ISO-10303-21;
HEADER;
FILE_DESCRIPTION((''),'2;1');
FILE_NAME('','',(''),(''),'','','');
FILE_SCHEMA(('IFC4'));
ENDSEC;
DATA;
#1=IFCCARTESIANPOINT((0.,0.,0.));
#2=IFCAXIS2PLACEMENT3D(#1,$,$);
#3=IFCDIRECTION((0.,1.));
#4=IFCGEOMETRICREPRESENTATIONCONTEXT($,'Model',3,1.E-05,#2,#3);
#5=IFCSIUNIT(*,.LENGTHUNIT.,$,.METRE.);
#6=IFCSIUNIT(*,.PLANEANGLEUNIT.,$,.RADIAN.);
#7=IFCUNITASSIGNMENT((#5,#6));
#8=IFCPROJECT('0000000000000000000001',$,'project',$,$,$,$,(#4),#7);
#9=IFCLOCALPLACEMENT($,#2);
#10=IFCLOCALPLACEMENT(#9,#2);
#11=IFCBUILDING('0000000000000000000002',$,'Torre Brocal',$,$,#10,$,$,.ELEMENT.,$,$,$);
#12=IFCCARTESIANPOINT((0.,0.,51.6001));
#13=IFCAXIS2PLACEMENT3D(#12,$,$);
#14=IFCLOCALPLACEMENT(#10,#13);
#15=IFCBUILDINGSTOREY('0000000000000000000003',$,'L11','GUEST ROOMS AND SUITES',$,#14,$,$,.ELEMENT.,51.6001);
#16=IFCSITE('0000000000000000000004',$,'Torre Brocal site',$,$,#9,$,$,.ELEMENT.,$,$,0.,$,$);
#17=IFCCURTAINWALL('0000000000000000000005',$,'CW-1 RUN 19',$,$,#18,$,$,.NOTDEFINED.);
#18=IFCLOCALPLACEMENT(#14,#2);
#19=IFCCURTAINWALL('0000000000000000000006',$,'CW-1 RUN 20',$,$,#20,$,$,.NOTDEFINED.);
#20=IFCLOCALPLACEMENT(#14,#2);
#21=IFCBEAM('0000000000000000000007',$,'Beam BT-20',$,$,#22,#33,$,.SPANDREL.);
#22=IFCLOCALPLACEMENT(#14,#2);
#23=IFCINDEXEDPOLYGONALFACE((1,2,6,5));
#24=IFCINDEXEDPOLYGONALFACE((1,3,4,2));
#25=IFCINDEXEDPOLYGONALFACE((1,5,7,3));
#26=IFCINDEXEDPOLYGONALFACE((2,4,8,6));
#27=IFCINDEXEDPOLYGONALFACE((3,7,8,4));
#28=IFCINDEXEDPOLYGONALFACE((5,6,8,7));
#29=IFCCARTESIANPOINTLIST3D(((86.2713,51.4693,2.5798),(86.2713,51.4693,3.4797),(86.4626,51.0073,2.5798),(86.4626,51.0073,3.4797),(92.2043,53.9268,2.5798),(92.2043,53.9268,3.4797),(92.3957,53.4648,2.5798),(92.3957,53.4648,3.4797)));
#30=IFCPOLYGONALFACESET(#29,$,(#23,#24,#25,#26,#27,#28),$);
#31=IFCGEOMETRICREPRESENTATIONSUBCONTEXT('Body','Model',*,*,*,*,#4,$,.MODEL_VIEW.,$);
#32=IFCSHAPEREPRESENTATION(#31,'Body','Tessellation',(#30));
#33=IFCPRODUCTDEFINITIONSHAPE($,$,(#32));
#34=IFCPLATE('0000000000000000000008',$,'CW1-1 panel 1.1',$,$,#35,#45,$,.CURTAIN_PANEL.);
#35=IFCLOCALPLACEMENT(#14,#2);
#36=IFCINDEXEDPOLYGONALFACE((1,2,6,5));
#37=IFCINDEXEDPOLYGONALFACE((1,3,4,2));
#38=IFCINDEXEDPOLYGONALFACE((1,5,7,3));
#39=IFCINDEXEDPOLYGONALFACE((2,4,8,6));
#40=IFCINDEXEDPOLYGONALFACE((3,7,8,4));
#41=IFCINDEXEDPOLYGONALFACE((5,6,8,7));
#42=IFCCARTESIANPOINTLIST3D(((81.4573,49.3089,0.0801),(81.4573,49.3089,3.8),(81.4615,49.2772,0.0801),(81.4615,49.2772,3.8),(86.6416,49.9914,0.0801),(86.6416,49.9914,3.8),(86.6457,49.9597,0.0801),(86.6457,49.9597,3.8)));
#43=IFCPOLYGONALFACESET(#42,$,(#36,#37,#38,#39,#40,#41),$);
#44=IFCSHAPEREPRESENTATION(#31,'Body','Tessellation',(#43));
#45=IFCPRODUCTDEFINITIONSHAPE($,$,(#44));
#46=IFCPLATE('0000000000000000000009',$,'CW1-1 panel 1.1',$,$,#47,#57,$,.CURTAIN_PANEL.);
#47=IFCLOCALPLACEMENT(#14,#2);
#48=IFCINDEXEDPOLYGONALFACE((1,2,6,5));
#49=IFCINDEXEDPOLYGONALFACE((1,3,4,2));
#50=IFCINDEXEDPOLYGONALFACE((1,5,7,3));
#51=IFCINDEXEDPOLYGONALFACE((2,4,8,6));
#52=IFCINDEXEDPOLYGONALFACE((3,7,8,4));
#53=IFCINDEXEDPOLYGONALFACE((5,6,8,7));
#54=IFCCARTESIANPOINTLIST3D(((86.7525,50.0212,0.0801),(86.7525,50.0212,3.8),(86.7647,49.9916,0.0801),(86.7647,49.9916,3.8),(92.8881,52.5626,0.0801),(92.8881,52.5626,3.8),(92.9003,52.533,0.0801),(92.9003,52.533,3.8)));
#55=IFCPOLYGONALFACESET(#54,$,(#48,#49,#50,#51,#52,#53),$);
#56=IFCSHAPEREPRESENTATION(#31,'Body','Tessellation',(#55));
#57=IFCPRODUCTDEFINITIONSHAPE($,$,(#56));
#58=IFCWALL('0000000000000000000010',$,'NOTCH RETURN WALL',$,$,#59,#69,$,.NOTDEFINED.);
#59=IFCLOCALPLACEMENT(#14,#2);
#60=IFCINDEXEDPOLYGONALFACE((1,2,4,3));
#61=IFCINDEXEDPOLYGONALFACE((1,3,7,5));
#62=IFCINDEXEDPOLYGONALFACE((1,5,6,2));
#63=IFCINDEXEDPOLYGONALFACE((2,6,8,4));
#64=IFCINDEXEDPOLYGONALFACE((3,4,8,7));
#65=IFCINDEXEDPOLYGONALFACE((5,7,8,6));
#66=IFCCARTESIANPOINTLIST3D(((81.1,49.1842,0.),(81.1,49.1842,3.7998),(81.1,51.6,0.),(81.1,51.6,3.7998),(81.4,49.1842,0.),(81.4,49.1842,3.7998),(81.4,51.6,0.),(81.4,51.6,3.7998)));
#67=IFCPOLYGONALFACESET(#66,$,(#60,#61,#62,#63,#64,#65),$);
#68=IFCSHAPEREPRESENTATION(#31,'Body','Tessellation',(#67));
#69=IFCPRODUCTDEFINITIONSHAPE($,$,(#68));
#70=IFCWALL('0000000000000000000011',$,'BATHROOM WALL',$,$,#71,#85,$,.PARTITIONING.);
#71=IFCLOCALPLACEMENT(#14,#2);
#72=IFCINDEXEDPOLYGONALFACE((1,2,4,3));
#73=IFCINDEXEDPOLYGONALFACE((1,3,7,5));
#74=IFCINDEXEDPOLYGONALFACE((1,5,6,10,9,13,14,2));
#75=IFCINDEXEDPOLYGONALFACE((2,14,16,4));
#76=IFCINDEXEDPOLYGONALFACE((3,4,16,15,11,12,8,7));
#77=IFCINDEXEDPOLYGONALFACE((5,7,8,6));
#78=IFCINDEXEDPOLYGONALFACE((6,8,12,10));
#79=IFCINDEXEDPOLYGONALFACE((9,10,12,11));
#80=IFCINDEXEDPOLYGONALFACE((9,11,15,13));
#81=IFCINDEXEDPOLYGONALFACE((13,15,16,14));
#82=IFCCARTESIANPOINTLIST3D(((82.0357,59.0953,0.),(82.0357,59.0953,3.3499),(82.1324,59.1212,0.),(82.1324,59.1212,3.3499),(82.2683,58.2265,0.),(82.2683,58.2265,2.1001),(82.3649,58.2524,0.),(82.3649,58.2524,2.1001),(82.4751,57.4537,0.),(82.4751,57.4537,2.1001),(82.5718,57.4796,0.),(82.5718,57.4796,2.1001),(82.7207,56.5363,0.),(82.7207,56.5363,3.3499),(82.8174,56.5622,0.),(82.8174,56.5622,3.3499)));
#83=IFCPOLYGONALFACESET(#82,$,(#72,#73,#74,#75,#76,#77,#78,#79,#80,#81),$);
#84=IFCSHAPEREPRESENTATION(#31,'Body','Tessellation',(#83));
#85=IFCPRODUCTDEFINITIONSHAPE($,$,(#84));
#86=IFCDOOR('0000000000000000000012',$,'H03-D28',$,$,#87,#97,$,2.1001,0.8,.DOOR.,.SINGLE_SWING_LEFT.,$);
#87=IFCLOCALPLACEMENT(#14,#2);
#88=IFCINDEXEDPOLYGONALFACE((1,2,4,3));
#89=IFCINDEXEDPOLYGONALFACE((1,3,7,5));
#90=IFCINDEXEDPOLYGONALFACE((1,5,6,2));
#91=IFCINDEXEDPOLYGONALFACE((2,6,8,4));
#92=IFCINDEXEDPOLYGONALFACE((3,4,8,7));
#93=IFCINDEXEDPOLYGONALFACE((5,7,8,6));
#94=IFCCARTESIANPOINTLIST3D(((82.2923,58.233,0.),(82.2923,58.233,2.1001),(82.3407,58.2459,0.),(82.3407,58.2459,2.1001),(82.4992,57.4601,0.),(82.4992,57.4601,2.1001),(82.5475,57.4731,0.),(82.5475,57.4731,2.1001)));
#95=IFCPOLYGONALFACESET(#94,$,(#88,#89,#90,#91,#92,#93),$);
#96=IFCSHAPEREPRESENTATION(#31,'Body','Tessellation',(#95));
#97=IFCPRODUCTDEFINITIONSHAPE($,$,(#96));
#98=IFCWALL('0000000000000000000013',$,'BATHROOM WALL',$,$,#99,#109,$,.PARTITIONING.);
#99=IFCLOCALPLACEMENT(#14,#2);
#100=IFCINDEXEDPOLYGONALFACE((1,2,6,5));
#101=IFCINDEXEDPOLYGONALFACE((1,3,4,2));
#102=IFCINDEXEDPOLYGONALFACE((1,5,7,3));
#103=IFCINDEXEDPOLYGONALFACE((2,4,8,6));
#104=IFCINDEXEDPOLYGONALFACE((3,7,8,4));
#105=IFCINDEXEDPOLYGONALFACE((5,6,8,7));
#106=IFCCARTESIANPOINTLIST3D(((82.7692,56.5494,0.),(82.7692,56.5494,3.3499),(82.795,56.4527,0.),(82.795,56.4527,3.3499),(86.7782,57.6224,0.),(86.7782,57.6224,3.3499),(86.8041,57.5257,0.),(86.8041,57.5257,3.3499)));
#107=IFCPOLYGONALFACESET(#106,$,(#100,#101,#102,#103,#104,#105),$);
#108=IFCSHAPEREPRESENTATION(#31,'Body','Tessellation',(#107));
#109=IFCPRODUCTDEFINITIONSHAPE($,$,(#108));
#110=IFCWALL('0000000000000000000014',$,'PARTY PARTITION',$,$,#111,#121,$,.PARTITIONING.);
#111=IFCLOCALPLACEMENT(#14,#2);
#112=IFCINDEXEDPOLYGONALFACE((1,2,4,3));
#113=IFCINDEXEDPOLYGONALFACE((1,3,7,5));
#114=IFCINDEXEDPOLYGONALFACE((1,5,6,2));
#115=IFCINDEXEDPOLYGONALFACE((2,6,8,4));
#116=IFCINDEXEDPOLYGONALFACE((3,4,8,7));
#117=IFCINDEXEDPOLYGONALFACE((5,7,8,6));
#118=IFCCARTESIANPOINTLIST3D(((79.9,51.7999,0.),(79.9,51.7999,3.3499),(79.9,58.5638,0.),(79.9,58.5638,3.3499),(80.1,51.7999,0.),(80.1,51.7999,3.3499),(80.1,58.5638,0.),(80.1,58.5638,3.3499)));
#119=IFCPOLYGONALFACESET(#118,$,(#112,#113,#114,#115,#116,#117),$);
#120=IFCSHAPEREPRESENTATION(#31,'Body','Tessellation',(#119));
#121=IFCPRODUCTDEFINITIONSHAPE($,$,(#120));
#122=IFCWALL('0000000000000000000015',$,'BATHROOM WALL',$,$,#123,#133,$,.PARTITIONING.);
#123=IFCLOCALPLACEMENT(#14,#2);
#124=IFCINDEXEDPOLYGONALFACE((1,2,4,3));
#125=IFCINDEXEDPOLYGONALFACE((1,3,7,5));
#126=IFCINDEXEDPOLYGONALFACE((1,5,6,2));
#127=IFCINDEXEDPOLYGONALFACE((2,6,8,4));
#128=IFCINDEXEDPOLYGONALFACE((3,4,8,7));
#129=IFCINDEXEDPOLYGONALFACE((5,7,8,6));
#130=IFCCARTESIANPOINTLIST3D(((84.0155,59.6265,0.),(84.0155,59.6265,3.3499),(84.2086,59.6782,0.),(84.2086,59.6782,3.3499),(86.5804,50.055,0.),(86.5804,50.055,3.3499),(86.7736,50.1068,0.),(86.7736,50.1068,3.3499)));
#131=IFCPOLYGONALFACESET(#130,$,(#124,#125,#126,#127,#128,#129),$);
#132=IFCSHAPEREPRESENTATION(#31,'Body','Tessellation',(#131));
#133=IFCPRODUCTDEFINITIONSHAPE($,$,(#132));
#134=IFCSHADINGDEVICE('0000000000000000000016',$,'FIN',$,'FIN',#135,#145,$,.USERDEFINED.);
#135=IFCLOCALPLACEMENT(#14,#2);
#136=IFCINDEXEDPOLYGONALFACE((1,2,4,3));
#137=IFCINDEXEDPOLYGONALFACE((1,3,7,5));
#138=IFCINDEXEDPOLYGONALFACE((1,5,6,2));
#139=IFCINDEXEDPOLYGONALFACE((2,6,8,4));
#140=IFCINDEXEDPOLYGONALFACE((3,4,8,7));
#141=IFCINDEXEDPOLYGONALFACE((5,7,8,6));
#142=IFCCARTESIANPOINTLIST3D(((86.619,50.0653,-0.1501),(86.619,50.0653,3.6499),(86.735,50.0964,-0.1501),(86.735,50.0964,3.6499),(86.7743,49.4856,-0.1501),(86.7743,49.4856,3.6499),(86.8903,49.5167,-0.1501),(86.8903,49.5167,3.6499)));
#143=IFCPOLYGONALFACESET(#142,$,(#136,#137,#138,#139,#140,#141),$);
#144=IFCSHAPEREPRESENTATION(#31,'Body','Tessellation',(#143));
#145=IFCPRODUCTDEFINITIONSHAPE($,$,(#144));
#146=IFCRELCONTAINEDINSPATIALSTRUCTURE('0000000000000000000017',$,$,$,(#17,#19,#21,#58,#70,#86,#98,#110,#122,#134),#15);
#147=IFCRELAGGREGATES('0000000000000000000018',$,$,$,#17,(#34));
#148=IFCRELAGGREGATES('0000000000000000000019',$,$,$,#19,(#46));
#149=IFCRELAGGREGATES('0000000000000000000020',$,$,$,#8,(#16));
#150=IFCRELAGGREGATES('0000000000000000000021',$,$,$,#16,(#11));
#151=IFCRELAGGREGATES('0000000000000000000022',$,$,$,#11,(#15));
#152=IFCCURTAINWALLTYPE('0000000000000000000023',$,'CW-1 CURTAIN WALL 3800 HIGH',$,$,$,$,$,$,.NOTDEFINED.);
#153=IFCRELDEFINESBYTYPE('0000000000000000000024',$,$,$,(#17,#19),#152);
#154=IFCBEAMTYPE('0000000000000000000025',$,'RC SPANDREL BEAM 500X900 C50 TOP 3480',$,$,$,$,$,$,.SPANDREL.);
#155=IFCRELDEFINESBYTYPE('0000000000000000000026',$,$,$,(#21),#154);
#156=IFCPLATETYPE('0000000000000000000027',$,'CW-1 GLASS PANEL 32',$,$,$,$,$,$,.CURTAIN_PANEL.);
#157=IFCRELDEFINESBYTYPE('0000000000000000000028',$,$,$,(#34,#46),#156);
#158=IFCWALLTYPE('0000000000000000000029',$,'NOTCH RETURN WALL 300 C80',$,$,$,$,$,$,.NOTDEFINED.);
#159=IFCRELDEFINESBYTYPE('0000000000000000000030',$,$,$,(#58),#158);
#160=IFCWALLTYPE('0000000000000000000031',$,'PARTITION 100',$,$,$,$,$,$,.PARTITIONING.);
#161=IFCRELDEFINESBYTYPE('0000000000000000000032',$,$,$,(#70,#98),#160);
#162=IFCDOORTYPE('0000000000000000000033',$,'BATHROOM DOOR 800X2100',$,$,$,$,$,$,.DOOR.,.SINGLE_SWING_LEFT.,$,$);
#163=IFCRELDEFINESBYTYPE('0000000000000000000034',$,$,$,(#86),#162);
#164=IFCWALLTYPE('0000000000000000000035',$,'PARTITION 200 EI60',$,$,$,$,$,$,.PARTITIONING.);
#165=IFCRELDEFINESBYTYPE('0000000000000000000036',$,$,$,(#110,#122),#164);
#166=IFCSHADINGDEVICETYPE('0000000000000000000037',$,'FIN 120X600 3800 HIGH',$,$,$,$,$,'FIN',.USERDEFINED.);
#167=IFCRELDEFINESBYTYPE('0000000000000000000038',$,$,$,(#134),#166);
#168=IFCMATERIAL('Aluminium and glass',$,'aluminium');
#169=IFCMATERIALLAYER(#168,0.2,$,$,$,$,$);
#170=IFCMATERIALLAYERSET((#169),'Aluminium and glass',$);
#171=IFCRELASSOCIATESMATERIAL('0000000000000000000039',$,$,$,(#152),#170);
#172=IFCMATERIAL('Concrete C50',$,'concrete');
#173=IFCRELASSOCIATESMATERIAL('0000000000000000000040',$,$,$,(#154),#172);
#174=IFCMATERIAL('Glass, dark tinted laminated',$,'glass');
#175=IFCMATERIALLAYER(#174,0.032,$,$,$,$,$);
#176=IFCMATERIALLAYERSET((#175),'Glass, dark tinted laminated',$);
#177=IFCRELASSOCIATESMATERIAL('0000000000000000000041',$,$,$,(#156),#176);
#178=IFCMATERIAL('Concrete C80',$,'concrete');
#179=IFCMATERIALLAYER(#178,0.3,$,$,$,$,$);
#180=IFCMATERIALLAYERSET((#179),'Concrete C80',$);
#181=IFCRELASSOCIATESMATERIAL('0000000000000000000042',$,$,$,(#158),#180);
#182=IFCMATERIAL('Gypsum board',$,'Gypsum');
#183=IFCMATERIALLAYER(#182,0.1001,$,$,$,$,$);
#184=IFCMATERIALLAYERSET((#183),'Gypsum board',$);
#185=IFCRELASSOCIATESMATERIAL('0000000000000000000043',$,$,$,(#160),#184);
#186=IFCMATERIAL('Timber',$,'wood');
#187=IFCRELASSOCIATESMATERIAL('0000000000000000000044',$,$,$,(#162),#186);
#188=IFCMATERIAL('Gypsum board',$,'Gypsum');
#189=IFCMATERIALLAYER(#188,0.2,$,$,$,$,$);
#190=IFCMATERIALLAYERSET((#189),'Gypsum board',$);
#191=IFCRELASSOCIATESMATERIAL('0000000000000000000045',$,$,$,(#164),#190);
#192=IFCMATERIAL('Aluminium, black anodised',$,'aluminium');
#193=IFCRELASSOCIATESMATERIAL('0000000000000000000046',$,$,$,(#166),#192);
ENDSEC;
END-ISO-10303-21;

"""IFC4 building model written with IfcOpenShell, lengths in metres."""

from ifc_helpers import new_model, si_unit, direction, frame, frame_2d, origin, origin_2d, place, context, subcontext, project, spatial, rectangle, extrude, material, layer, layer_set, material_profile, profile_set, type_object, element, fill, aggregate, save


model = new_model("IFC4")

# Units and contexts
model_context = context("Model", 3, precision=1e-05, world=origin(), true_north=direction((0.0, 1.0)))
body_context = subcontext(model_context, "Body", "Model", "MODEL_VIEW")
ifc_project = project(units=[si_unit("LENGTHUNIT", "METRE"), si_unit("PLANEANGLEUNIT", "RADIAN")], contexts=[model_context])

# Site, building, storey
site_placement = place(None, origin())
site = spatial("IfcSite", under=ifc_project, at=site_placement, Name="Torre Brocal site", CompositionType="ELEMENT", RefElevation=0.0)
building_placement = place(site_placement, origin())
building = spatial("IfcBuilding", under=site, at=building_placement, Name="Torre Brocal", CompositionType="ELEMENT")
storey_placement = place(building_placement, frame((0.0, 0.0, 51.6001)))
storey = spatial("IfcBuildingStorey", under=building, at=storey_placement, Name="L11", Description="GUEST ROOMS AND SUITES", CompositionType="ELEMENT", Elevation=51.6001)

# Curtain wall
ifc_material_1 = material(Name="Aluminium and glass", Category="aluminium")
ifc_layer_1 = layer(ifc_material_1, 0.2)
ifc_layer_set_1 = layer_set([ifc_layer_1], Name="Aluminium and glass")
curtain_wall_type = type_object("IfcCurtainWallType", Name="CW-1 CURTAIN WALL 3800 HIGH", PredefinedType="NOTDEFINED", material=ifc_layer_set_1)
curtain_wall_1_placement = place(storey_placement, origin())
curtain_wall_1 = element("IfcCurtainWall", 1, at=curtain_wall_1_placement, inside=storey, type_object=curtain_wall_type, Name="CW-1 RUN 19", PredefinedType="NOTDEFINED")

# Curtain wall
curtain_wall_2_placement = place(storey_placement, origin())
curtain_wall_2 = element("IfcCurtainWall", 2, at=curtain_wall_2_placement, inside=storey, type_object=curtain_wall_type, Name="CW-1 RUN 20", PredefinedType="NOTDEFINED")

# Beam
ifc_material_2 = material(Name="Concrete C50", Category="concrete")
ifc_material_profile_1 = material_profile(ifc_material_2, rectangle(XDim=0.5, YDim=0.8999, at=origin_2d()), Name="RC 500X900")
ifc_profile_set_1 = profile_set([ifc_material_profile_1], Name="Concrete C50")
beam_type_1 = type_object("IfcBeamType", Name="RC SPANDREL BEAM 500X900 C50 TOP 3480", PredefinedType="SPANDREL", material=ifc_profile_set_1)
beam_1_placement = place(storey_placement, frame((86.3669, 51.2383, 3.0298), z_axis=(0.923882, 0.382676, 0.0), x_axis=(-0.382676, 0.923882, 0.0)))
element("IfcBeam", 3, at=beam_1_placement, inside=storey, type_object=beam_type_1, Name="Beam BT-20", PredefinedType="SPANDREL", context=body_context, shape_type="SweptSolid", body=[
    extrude(rectangle(XDim=0.5, YDim=0.8999, at=origin_2d()), origin(), (0.0, 0.0, 1.0), 6.4219),
])

# Plates
ifc_material_3 = material(Name="Glass, dark tinted laminated", Category="glass")
ifc_layer_2 = layer(ifc_material_3, 0.032)
ifc_layer_set_2 = layer_set([ifc_layer_2], Name="Glass, dark tinted laminated")
plate_type = type_object("IfcPlateType", Name="CW-1 GLASS PANEL 32", PredefinedType="CURTAIN_PANEL", material=ifc_layer_set_2)
plate_1_placement = place(storey_placement, frame((84.0515, 49.6343, 0.0801), z_axis=(0.0, 0.0, 1.0), x_axis=(0.991445, 0.130526, 0.0)))
plate_1 = element("IfcPlate", 4, at=plate_1_placement, type_object=plate_type, Name="CW1-1 panel 1.1", PredefinedType="CURTAIN_PANEL", context=body_context, shape_type="SweptSolid", body=[
    extrude(rectangle(XDim=5.229, YDim=0.032, at=origin_2d()), origin(), (0.0, 0.0, 1.0), 3.72),
])
aggregate(curtain_wall_1, [plate_1])
plate_2_placement = place(storey_placement, frame((89.8264, 51.2771, 0.0801), z_axis=(0.0, 0.0, 1.0), x_axis=(0.92388, 0.382683, 0.0)))
plate_2 = element("IfcPlate", 5, at=plate_2_placement, type_object=plate_type, Name="CW1-1 panel 1.1", PredefinedType="CURTAIN_PANEL", context=body_context, shape_type="SweptSolid", body=[
    extrude(rectangle(XDim=6.6411, YDim=0.032, at=origin_2d()), origin(), (0.0, 0.0, 1.0), 3.72),
])
aggregate(curtain_wall_2, [plate_2])

# Wall
ifc_material_4 = material(Name="Concrete C80", Category="concrete")
ifc_layer_3 = layer(ifc_material_4, 0.3)
ifc_layer_set_3 = layer_set([ifc_layer_3], Name="Concrete C80")
wall_type_1 = type_object("IfcWallType", Name="NOTCH RETURN WALL 300 C80", PredefinedType="NOTDEFINED", material=ifc_layer_set_3)
wall_1_placement = place(storey_placement, frame((81.25, 51.6001, 0.0), z_axis=(0.0, 0.0, 1.0), x_axis=(0.0, -1.0, 0.0)))
element("IfcWall", 6, at=wall_1_placement, inside=storey, type_object=wall_type_1, Name="NOTCH RETURN WALL", PredefinedType="NOTDEFINED", context=body_context, shape_type="SweptSolid", body=[
    extrude(rectangle(XDim=2.4158, YDim=0.3, at=frame_2d((1.208, 0.0))), origin(), (0.0, 0.0, 1.0), 3.7998),
])

# Wall, opening, door
ifc_material_5 = material(Name="Gypsum board", Category="Gypsum")
ifc_layer_4 = layer(ifc_material_5, 0.1001)
ifc_layer_set_4 = layer_set([ifc_layer_4], Name="Gypsum board")
wall_type_2 = type_object("IfcWallType", Name="PARTITION 100", PredefinedType="PARTITIONING", material=ifc_layer_set_4)
wall_2_placement = place(storey_placement, frame((82.084, 59.1084, 0.0), z_axis=(0.0, 0.0, 1.0), x_axis=(0.258592, -0.965987, 0.0)))
wall_2 = element("IfcWall", 7, at=wall_2_placement, inside=storey, type_object=wall_type_2, Name="BATHROOM WALL", PredefinedType="PARTITIONING", context=body_context, shape_type="SweptSolid", body=[
    extrude(rectangle(XDim=2.6492, YDim=0.1001, at=frame_2d((1.3247, 0.0))), origin(), (0.0, 0.0, 1.0), 3.3499),
])
opening_placement = place(wall_2_placement, frame((0.8997, 0.0, 0.0)))
opening = element("IfcOpeningElement", 8, at=opening_placement, cuts=wall_2, PredefinedType="OPENING", context=body_context, shape_type="SweptSolid", body=[
    extrude(rectangle(XDim=0.8, YDim=2.1001, at=frame_2d((0.3999, 1.05))), frame((0.0, 0.0601, 0.0), z_axis=(0.0, -1.0, 0.0), x_axis=(1.0, 0.0, 0.0)), (0.0, 0.0, 1.0), 0.1201),
])
ifc_material_6 = material(Name="Timber", Category="wood")
door_type = type_object("IfcDoorType", Name="BATHROOM DOOR 800X2100", OperationType="SINGLE_SWING_LEFT", PredefinedType="DOOR", material=ifc_material_6)
door_placement = place(opening_placement, origin())
door = element("IfcDoor", 9, at=door_placement, inside=storey, type_object=door_type, Name="H03-D28", OperationType="SINGLE_SWING_LEFT", OverallHeight=2.1001, OverallWidth=0.8, PredefinedType="DOOR", context=body_context, shape_type="SweptSolid", body=[
    extrude(rectangle(XDim=0.8, YDim=2.1001, at=frame_2d((0.3999, 1.05))), frame((0.0, 0.0249, 0.0), z_axis=(0.0, -1.0, 0.0), x_axis=(1.0, 0.0, 0.0)), (0.0, 0.0, 1.0), 0.05),
])
fill(opening, door)

# Walls
wall_3_placement = place(storey_placement, frame((82.782, 56.501, 0.0), z_axis=(0.0, 0.0, 1.0), x_axis=(0.965999, 0.258545, 0.0)))
element("IfcWall", 10, at=wall_3_placement, inside=storey, type_object=wall_type_2, Name="BATHROOM WALL", PredefinedType="PARTITIONING", context=body_context, shape_type="SweptSolid", body=[
    extrude(rectangle(XDim=4.1501, YDim=0.1001, at=frame_2d((2.0752, 0.0))), origin(), (0.0, 0.0, 1.0), 3.3499),
])
ifc_material_7 = material(Name="Gypsum board", Category="Gypsum")
ifc_layer_5 = layer(ifc_material_7, 0.2)
ifc_layer_set_5 = layer_set([ifc_layer_5], Name="Gypsum board")
wall_type_3 = type_object("IfcWallType", Name="PARTITION 200 EI60", PredefinedType="PARTITIONING", material=ifc_layer_set_5)
wall_4_placement = place(storey_placement, frame((80.0, 51.8, 0.0), z_axis=(0.0, 0.0, 1.0), x_axis=(0.0, 1.0, 0.0)))
element("IfcWall", 11, at=wall_4_placement, inside=storey, type_object=wall_type_3, Name="PARTY PARTITION", PredefinedType="PARTITIONING", context=body_context, shape_type="SweptSolid", body=[
    extrude(rectangle(XDim=6.7639, YDim=0.2, at=frame_2d((3.3818, 0.0))), origin(), (0.0, 0.0, 1.0), 3.3499),
])
wall_5_placement = place(storey_placement, frame((84.1121, 59.6523, 0.0), z_axis=(0.0, 0.0, 1.0), x_axis=(0.258843, -0.965919, 0.0)))
element("IfcWall", 12, at=wall_5_placement, inside=storey, type_object=wall_type_3, Name="BATHROOM WALL", PredefinedType="PARTITIONING", context=body_context, shape_type="SweptSolid", body=[
    extrude(rectangle(XDim=9.9092, YDim=0.2, at=frame_2d((4.9546, 0.0))), origin(), (0.0, 0.0, 1.0), 3.3499),
])

# Shading device
ifc_material_8 = material(Name="Aluminium, black anodised", Category="aluminium")
ifc_material_profile_2 = material_profile(ifc_material_8, rectangle(XDim=0.1201, YDim=0.6001, at=origin_2d()), Name="FIN 120X600 3800 HIGH")
ifc_profile_set_2 = profile_set([ifc_material_profile_2], Name="Aluminium, black anodised")
shading_device_type = type_object("IfcShadingDeviceType", Name="FIN 120X600 3800 HIGH", ElementType="FIN", PredefinedType="USERDEFINED", material=ifc_profile_set_2)
shading_device_placement = place(storey_placement, frame((86.7546, 49.791, -0.1501), z_axis=(0.0, 0.0, 1.0), x_axis=(0.965926, 0.258819, 0.0)))
element("IfcShadingDevice", 13, at=shading_device_placement, inside=storey, type_object=shading_device_type, Name="FIN", ObjectType="FIN", PredefinedType="USERDEFINED", context=body_context, shape_type="SweptSolid", body=[
    extrude(rectangle(XDim=0.1201, YDim=0.6001, at=origin_2d()), origin(), (0.0, 0.0, 1.0), 3.8),
])

save(model, "model.ifc")
